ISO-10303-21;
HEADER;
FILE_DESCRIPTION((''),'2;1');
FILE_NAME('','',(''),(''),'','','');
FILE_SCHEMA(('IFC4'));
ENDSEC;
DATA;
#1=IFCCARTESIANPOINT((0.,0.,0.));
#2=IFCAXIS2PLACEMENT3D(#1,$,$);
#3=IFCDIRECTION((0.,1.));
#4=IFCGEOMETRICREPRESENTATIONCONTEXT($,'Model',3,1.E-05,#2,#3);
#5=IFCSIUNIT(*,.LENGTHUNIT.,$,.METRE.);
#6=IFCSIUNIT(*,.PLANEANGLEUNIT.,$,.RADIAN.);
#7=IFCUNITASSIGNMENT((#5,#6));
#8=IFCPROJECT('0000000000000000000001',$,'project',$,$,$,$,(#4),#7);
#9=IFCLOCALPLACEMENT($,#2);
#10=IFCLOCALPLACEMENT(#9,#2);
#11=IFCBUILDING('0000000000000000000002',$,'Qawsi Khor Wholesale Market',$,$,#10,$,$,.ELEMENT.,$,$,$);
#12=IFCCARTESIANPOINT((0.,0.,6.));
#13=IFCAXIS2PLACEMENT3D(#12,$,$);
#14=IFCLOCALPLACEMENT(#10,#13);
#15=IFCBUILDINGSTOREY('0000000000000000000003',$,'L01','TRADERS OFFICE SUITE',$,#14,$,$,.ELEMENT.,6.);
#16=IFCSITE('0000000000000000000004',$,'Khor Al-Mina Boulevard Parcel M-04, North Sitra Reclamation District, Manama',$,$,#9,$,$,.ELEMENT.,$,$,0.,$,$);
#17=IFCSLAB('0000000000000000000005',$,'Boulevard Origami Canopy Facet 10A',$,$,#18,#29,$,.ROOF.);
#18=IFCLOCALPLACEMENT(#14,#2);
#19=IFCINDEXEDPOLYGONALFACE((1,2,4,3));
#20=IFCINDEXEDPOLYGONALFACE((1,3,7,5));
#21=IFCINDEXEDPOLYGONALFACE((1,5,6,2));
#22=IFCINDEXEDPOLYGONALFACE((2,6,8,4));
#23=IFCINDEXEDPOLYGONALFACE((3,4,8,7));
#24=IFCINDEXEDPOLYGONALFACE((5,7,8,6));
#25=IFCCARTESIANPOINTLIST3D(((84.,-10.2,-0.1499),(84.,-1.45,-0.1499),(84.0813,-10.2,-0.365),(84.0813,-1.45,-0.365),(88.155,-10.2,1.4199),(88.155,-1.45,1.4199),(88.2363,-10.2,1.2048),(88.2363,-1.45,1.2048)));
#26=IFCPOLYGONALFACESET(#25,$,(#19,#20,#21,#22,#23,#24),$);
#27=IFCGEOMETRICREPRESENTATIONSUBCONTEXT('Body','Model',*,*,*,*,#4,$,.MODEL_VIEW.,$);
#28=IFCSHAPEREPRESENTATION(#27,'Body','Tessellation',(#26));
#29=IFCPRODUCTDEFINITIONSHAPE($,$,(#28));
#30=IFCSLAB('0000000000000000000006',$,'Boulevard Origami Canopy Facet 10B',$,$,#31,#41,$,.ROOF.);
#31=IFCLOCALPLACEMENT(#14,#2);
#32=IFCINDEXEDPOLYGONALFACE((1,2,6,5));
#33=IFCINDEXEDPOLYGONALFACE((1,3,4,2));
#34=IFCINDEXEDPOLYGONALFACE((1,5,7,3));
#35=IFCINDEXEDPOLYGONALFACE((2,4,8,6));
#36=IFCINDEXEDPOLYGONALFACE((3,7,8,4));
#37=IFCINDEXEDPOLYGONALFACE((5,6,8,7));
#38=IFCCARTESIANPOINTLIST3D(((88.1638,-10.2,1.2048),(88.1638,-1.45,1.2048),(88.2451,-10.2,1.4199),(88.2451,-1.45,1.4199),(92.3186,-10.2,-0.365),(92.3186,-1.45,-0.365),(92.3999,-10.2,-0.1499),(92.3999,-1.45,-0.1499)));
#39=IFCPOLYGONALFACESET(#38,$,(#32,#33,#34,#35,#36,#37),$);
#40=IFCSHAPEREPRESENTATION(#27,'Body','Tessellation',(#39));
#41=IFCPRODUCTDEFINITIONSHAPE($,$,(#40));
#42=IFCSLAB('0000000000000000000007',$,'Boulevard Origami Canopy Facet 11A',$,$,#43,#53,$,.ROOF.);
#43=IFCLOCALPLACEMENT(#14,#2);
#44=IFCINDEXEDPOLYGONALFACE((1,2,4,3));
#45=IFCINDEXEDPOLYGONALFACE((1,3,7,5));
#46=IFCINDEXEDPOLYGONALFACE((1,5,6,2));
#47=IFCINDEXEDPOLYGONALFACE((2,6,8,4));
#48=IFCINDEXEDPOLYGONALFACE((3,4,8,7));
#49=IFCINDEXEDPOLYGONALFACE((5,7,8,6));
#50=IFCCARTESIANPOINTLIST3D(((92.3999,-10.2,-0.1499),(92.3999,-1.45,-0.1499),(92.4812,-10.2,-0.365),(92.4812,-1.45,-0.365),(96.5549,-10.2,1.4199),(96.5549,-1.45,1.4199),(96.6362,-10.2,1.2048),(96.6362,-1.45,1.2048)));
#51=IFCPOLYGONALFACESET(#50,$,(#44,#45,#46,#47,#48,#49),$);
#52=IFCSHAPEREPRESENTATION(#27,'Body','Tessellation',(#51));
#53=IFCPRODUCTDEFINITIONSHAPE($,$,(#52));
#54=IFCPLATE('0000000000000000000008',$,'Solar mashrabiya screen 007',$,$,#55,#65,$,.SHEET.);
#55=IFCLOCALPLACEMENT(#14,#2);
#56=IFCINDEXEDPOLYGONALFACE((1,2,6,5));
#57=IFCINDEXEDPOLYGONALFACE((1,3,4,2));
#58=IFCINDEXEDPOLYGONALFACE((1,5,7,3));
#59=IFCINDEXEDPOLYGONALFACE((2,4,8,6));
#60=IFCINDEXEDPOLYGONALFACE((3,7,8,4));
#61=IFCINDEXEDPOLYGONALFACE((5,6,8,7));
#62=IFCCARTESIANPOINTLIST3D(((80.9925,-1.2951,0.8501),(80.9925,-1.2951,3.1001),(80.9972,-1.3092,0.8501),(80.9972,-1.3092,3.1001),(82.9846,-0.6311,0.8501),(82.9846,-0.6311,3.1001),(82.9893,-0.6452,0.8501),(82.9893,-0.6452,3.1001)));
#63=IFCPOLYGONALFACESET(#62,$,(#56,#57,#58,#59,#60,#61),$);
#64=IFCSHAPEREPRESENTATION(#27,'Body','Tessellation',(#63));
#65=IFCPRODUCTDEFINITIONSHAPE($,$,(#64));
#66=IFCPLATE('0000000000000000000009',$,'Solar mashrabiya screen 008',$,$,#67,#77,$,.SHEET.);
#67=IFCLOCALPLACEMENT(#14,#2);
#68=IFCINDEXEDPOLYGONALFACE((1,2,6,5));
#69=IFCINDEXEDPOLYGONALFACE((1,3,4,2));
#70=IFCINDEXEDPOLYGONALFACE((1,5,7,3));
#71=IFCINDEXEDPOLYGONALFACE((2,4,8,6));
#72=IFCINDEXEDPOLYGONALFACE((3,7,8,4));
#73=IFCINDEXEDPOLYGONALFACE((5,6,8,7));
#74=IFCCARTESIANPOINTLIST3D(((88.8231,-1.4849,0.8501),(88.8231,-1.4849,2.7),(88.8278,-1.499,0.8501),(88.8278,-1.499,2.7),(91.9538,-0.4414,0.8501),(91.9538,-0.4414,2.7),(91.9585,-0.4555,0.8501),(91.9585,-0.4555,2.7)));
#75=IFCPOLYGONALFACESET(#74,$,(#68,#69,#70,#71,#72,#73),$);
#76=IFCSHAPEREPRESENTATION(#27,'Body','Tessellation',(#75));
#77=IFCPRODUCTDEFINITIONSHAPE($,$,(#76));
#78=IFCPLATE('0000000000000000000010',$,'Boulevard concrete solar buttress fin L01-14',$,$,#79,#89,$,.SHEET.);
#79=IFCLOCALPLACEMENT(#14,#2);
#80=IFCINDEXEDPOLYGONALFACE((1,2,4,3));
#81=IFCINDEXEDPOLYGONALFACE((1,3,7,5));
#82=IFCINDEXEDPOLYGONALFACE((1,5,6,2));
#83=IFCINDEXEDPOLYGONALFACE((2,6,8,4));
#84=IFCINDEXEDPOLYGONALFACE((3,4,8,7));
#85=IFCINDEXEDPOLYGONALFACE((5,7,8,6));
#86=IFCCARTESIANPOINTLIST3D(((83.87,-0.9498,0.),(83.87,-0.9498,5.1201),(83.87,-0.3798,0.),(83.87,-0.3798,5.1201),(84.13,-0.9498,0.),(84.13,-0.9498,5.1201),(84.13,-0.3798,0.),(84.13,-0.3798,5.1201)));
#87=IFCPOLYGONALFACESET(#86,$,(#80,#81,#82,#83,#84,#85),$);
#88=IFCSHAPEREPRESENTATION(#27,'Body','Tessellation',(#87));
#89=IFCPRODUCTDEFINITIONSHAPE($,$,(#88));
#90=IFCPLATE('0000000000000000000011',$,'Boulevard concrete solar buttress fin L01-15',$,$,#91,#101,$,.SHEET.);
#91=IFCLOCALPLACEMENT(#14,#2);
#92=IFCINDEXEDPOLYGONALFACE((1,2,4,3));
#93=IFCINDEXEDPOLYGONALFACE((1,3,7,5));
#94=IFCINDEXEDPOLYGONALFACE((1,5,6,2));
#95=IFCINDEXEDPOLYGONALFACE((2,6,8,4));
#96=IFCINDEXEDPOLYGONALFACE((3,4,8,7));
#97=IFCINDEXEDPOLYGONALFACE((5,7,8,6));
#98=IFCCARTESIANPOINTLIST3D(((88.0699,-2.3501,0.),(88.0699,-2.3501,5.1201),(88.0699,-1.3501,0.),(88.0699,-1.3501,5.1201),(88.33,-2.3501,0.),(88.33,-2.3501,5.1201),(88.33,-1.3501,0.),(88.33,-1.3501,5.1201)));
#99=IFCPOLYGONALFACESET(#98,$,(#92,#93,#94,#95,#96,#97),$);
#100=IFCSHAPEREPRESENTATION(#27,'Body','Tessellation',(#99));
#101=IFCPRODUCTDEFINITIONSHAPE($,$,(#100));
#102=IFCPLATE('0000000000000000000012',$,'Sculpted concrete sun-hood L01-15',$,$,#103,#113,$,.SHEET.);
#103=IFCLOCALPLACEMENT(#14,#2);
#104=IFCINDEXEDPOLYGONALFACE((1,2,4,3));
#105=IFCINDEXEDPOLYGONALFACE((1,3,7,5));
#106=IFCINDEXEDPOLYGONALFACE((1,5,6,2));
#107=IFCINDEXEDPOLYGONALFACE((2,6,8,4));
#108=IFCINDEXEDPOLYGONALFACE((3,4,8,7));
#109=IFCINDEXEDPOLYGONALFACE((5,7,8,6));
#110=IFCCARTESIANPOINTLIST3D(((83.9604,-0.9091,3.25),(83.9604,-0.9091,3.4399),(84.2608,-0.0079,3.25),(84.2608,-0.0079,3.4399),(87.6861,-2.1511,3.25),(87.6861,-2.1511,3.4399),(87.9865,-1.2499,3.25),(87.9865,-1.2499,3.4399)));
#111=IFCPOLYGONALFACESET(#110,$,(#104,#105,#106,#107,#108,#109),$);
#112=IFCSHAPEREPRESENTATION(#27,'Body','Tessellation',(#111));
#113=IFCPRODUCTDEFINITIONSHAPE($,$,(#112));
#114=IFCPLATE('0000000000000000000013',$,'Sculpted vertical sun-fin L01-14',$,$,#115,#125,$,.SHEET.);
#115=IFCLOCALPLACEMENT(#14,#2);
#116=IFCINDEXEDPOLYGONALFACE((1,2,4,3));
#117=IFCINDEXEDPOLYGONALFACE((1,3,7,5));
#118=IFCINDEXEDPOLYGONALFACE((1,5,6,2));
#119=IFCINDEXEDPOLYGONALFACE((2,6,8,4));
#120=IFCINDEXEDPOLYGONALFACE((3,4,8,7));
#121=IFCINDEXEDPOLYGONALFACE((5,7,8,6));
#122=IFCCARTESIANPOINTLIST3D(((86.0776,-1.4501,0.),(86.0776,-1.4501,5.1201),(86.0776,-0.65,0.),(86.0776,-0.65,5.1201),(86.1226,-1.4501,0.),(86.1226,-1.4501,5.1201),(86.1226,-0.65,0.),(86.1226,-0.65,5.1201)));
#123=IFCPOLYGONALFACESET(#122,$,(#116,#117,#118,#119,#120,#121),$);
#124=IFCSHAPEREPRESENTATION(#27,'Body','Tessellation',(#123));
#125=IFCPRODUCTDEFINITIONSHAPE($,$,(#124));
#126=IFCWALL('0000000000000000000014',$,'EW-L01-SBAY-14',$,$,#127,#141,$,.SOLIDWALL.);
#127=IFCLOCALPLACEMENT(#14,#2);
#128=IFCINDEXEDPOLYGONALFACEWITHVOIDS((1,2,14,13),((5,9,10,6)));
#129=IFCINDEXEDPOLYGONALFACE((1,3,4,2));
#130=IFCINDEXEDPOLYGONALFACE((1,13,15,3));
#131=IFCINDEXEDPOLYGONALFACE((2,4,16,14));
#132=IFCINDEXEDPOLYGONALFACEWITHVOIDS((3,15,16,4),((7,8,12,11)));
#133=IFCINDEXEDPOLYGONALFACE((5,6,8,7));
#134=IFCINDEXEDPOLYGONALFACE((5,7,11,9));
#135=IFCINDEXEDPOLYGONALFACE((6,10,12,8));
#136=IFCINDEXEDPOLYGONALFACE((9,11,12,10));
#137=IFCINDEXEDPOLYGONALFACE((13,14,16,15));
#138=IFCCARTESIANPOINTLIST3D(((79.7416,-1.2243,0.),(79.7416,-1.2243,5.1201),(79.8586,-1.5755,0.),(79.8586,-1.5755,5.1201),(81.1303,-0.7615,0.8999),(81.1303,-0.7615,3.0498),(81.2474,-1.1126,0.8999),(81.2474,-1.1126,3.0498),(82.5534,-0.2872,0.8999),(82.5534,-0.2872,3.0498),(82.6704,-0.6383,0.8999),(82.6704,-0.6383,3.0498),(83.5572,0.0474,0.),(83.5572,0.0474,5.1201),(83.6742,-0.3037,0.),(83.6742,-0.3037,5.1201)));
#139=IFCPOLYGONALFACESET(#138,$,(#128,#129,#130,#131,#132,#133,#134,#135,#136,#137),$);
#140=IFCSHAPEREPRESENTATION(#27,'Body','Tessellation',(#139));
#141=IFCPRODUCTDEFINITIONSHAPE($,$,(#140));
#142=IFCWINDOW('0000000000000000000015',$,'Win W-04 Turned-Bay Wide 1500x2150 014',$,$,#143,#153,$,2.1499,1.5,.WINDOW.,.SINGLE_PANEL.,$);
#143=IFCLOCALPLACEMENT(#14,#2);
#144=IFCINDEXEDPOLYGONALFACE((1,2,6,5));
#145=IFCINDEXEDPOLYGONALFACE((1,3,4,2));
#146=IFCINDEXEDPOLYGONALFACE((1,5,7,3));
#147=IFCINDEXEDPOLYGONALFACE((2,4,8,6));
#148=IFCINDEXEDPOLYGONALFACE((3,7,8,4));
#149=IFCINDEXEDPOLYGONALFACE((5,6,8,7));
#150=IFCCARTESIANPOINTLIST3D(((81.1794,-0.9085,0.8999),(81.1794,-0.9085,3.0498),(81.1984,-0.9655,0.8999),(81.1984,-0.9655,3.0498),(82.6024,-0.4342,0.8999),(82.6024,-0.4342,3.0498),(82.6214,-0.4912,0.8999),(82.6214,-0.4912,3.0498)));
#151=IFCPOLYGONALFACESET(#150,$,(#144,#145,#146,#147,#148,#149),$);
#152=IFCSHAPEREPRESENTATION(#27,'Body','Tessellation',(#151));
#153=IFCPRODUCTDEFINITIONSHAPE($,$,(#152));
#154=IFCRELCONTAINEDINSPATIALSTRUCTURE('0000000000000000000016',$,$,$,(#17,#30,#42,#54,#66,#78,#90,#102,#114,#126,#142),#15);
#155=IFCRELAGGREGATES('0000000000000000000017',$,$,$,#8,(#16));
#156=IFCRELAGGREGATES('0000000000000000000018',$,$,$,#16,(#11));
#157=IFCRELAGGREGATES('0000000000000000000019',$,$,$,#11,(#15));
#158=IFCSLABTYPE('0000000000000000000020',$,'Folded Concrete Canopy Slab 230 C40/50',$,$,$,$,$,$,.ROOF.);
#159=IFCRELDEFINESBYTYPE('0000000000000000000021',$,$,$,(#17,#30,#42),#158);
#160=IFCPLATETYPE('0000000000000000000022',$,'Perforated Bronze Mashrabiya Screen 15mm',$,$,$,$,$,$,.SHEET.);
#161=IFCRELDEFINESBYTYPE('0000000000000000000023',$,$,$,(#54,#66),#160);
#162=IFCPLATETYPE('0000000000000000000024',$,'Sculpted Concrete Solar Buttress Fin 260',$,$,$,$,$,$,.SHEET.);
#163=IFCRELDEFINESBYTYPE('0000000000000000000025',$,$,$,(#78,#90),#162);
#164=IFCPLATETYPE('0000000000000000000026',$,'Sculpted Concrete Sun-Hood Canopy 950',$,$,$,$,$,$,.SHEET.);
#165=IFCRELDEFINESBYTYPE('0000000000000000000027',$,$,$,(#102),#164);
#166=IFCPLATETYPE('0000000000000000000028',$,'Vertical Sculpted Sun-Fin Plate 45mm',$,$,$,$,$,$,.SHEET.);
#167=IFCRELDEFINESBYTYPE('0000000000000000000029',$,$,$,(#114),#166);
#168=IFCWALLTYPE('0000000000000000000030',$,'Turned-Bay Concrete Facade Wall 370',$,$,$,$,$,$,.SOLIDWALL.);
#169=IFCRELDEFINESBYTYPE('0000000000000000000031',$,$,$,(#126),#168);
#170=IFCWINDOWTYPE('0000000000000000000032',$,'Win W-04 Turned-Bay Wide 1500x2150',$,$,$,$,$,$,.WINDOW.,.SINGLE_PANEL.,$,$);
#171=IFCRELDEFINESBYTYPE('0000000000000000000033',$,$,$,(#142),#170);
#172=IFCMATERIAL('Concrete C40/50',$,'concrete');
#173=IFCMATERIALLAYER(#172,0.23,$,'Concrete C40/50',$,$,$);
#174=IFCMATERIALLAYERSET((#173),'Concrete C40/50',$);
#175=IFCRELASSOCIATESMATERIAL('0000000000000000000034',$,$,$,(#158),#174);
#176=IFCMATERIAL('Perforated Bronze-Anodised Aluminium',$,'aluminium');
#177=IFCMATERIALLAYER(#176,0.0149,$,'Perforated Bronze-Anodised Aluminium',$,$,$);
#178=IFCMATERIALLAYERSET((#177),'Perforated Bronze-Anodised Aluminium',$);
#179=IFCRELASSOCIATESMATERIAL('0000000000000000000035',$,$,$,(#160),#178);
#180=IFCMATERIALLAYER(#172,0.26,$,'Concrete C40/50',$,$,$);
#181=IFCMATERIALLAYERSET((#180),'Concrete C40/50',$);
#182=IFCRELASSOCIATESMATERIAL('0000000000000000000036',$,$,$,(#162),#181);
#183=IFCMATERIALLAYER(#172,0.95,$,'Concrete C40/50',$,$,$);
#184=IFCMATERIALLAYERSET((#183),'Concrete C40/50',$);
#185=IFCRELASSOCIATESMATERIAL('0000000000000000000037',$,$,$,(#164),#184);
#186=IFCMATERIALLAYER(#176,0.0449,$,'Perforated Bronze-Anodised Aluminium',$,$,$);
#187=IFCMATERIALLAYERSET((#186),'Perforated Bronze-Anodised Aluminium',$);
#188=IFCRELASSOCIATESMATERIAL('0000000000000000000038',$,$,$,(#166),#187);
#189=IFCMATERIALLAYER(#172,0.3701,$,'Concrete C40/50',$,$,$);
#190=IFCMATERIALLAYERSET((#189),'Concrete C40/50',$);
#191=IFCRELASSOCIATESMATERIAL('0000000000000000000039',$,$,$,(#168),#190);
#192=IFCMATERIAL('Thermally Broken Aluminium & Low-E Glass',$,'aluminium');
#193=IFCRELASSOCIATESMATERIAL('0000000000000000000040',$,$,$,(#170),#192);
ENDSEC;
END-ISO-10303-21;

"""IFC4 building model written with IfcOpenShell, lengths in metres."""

from ifc_helpers import new_model, si_unit, direction, frame, frame_2d, origin, place, context, subcontext, project, spatial, polyline, rectangle, outline, extrude, material, layer, layer_set, type_object, element, fill, save


model = new_model("IFC4")

# Units and contexts
model_context = context("Model", 3, precision=1e-05, world=origin(), true_north=direction((0.0, 1.0)))
body_context = subcontext(model_context, "Body", "Model", "MODEL_VIEW")
ifc_project = project(units=[si_unit("LENGTHUNIT", "METRE"), si_unit("PLANEANGLEUNIT", "RADIAN")], contexts=[model_context])

# Site, building, storey
site_placement = place(None, origin())
site = spatial("IfcSite", under=ifc_project, at=site_placement, Name="Khor Al-Mina Boulevard Parcel M-04, North Sitra Reclamation District, Manama", CompositionType="ELEMENT", RefElevation=0.0)
building_placement = place(site_placement, origin())
building = spatial("IfcBuilding", under=site, at=building_placement, Name="Qawsi Khor Wholesale Market", CompositionType="ELEMENT")
storey_placement = place(building_placement, frame((0.0, 0.0, 6.0)))
storey = spatial("IfcBuildingStorey", under=building, at=storey_placement, Name="L01", Description="TRADERS OFFICE SUITE", CompositionType="ELEMENT", Elevation=6.0)

# Shared definitions
ifc_material_1 = material(Name="Concrete C40/50", Category="concrete")

# Slabs
ifc_layer_1 = layer(ifc_material_1, 0.23, Name="Concrete C40/50")
ifc_layer_set_1 = layer_set([ifc_layer_1], Name="Concrete C40/50")
slab_type = type_object("IfcSlabType", Name="Folded Concrete Canopy Slab 230 C40/50", PredefinedType="ROOF", material=ifc_layer_set_1)
slab_1_placement = place(storey_placement, frame((84.0, -10.2, -0.1499), z_axis=(-0.353429, 0.0, 0.935461), x_axis=(0.935461, 0.0, 0.353429)))
element("IfcSlab", 1, at=slab_1_placement, inside=storey, type_object=slab_type, Name="Boulevard Origami Canopy Facet 10A", PredefinedType="ROOF", context=body_context, shape_type="SweptSolid", body=[
    extrude(outline(polyline([(0.0, 0.0), (4.4417, 0.0), (4.4417, 8.75), (0.0, 8.75), (0.0, 0.0)])), origin(), (0.0, 0.0, -1.0), 0.23),
])
slab_2_placement = place(storey_placement, frame((88.2451, -10.2, 1.4199), z_axis=(0.353448, 0.0, 0.935454), x_axis=(0.935454, 0.0, -0.353448)))
element("IfcSlab", 2, at=slab_2_placement, inside=storey, type_object=slab_type, Name="Boulevard Origami Canopy Facet 10B", PredefinedType="ROOF", context=body_context, shape_type="SweptSolid", body=[
    extrude(outline(polyline([(0.0, 0.0), (4.4415, 0.0), (4.4415, 8.75), (0.0, 8.75), (0.0, 0.0)])), origin(), (0.0, 0.0, -1.0), 0.23),
])
slab_3_placement = place(storey_placement, frame((92.3999, -10.2, -0.1499), z_axis=(-0.353429, 0.0, 0.935461), x_axis=(0.935461, 0.0, 0.353429)))
element("IfcSlab", 3, at=slab_3_placement, inside=storey, type_object=slab_type, Name="Boulevard Origami Canopy Facet 11A", PredefinedType="ROOF", context=body_context, shape_type="SweptSolid", body=[
    extrude(outline(polyline([(0.0, 0.0), (4.4417, 0.0), (4.4417, 8.75), (0.0, 8.75), (0.0, 0.0)])), origin(), (0.0, 0.0, -1.0), 0.23),
])

# Plates
ifc_material_2 = material(Name="Perforated Bronze-Anodised Aluminium", Category="aluminium")
ifc_layer_2 = layer(ifc_material_2, 0.0149, Name="Perforated Bronze-Anodised Aluminium")
ifc_layer_set_2 = layer_set([ifc_layer_2], Name="Perforated Bronze-Anodised Aluminium")
plate_type_1 = type_object("IfcPlateType", Name="Perforated Bronze Mashrabiya Screen 15mm", PredefinedType="SHEET", material=ifc_layer_set_2)
plate_1_placement = place(storey_placement, frame((82.9868, -0.6382, 0.8501), z_axis=(0.0, 0.0, 1.0), x_axis=(-0.948683, -0.316228, 0.0)))
element("IfcPlate", 4, at=plate_1_placement, inside=storey, type_object=plate_type_1, Name="Solar mashrabiya screen 007", PredefinedType="SHEET", context=body_context, shape_type="SweptSolid", body=[
    extrude(rectangle(XDim=2.0999, YDim=0.0149, at=frame_2d((1.0498, 0.0))), origin(), (0.0, 0.0, 1.0), 2.25),
])
plate_2_placement = place(storey_placement, frame((91.9561, -0.4485, 0.8501), z_axis=(0.0, 0.0, 1.0), x_axis=(-0.948691, -0.316206, 0.0)))
element("IfcPlate", 5, at=plate_2_placement, inside=storey, type_object=plate_type_1, Name="Solar mashrabiya screen 008", PredefinedType="SHEET", context=body_context, shape_type="SweptSolid", body=[
    extrude(rectangle(XDim=3.3, YDim=0.0149, at=frame_2d((1.6499, 0.0))), origin(), (0.0, 0.0, 1.0), 1.8499),
])
ifc_layer_3 = layer(ifc_material_1, 0.26, Name="Concrete C40/50")
ifc_layer_set_3 = layer_set([ifc_layer_3], Name="Concrete C40/50")
plate_type_2 = type_object("IfcPlateType", Name="Sculpted Concrete Solar Buttress Fin 260", PredefinedType="SHEET", material=ifc_layer_set_3)
plate_3_placement = place(storey_placement, frame((84.0, -0.95, 0.0), z_axis=(0.0, 0.0, 1.0), x_axis=(0.0, 1.0, 0.0)))
element("IfcPlate", 6, at=plate_3_placement, inside=storey, type_object=plate_type_2, Name="Boulevard concrete solar buttress fin L01-14", PredefinedType="SHEET", context=body_context, shape_type="SweptSolid", body=[
    extrude(rectangle(XDim=0.5701, YDim=0.26, at=frame_2d((0.2852, 0.0))), origin(), (0.0, 0.0, 1.0), 5.1201),
])
plate_4_placement = place(storey_placement, frame((88.2, -2.3501, 0.0), z_axis=(0.0, 0.0, 1.0), x_axis=(0.0, 1.0, 0.0)))
element("IfcPlate", 7, at=plate_4_placement, inside=storey, type_object=plate_type_2, Name="Boulevard concrete solar buttress fin L01-15", PredefinedType="SHEET", context=body_context, shape_type="SweptSolid", body=[
    extrude(rectangle(XDim=1.0, YDim=0.26, at=frame_2d((0.5, 0.0))), origin(), (0.0, 0.0, 1.0), 5.1201),
])
ifc_layer_4 = layer(ifc_material_1, 0.95, Name="Concrete C40/50")
ifc_layer_set_4 = layer_set([ifc_layer_4], Name="Concrete C40/50")
plate_type_3 = type_object("IfcPlateType", Name="Sculpted Concrete Sun-Hood Canopy 950", PredefinedType="SHEET", material=ifc_layer_set_4)
plate_5_placement = place(storey_placement, frame((84.1106, -0.4585, 3.25), z_axis=(0.0, 0.0, 1.0), x_axis=(0.948677, -0.316246, 0.0)))
element("IfcPlate", 8, at=plate_5_placement, inside=storey, type_object=plate_type_3, Name="Sculpted concrete sun-hood L01-15", PredefinedType="SHEET", context=body_context, shape_type="SweptSolid", body=[
    extrude(rectangle(XDim=3.9272, YDim=0.95, at=frame_2d((1.9636, 0.0))), origin(), (0.0, 0.0, 1.0), 0.1899),
])
ifc_layer_5 = layer(ifc_material_2, 0.0449, Name="Perforated Bronze-Anodised Aluminium")
ifc_layer_set_5 = layer_set([ifc_layer_5], Name="Perforated Bronze-Anodised Aluminium")
plate_type_4 = type_object("IfcPlateType", Name="Vertical Sculpted Sun-Fin Plate 45mm", PredefinedType="SHEET", material=ifc_layer_set_5)
plate_6_placement = place(storey_placement, frame((86.1001, -1.45, 0.0), z_axis=(0.0, 0.0, 1.0), x_axis=(0.0, 1.0, 0.0)))
element("IfcPlate", 9, at=plate_6_placement, inside=storey, type_object=plate_type_4, Name="Sculpted vertical sun-fin L01-14", PredefinedType="SHEET", context=body_context, shape_type="SweptSolid", body=[
    extrude(rectangle(XDim=0.8, YDim=0.0449, at=frame_2d((0.3999, 0.0))), origin(), (0.0, 0.0, 1.0), 5.1201),
])

# Wall, opening, window
ifc_layer_6 = layer(ifc_material_1, 0.3701, Name="Concrete C40/50")
ifc_layer_set_6 = layer_set([ifc_layer_6], Name="Concrete C40/50")
wall_type_1 = type_object("IfcWallType", Name="Turned-Bay Concrete Facade Wall 370", PredefinedType="SOLIDWALL", material=ifc_layer_set_6)
wall_1_placement = place(storey_placement, frame((83.6157, -0.1282, 0.0), z_axis=(0.0, 0.0, 1.0), x_axis=(-0.948695, -0.316191, 0.0)))
wall_1 = element("IfcWall", 10, at=wall_1_placement, inside=storey, type_object=wall_type_1, Name="EW-L01-SBAY-14", PredefinedType="SOLIDWALL", context=body_context, shape_type="SweptSolid", body=[
    extrude(rectangle(XDim=4.022, YDim=0.3701, at=frame_2d((2.011, 0.0))), origin(), (0.0, 0.0, 1.0), 5.1201),
])
opening_1_placement = place(wall_1_placement, frame((1.0581, 0.0, 0.8999)))
opening_1 = element("IfcOpeningElement", 11, at=opening_1_placement, cuts=wall_1, PredefinedType="OPENING", context=body_context, shape_type="SweptSolid", body=[
    extrude(rectangle(XDim=1.5, YDim=2.1499, at=frame_2d((0.75, 1.075))), frame((0.0, 0.1951, 0.0), z_axis=(0.0, -1.0, 0.0), x_axis=(1.0, 0.0, 0.0)), (0.0, 0.0, 1.0), 0.3901),
])
ifc_material_3 = material(Name="Thermally Broken Aluminium & Low-E Glass", Category="aluminium")
window_type_1 = type_object("IfcWindowType", Name="Win W-04 Turned-Bay Wide 1500x2150", PartitioningType="SINGLE_PANEL", PredefinedType="WINDOW", material=ifc_material_3)
window_1_placement = place(opening_1_placement, origin())
window_1 = element("IfcWindow", 12, at=window_1_placement, inside=storey, type_object=window_type_1, Name="Win W-04 Turned-Bay Wide 1500x2150 014", OverallHeight=2.1499, OverallWidth=1.5, PartitioningType="SINGLE_PANEL", PredefinedType="WINDOW", context=body_context, shape_type="SweptSolid", body=[
    extrude(rectangle(XDim=1.5, YDim=2.1499, at=frame_2d((0.75, 1.075))), frame((0.0, 0.03, 0.0), z_axis=(0.0, -1.0, 0.0), x_axis=(1.0, 0.0, 0.0)), (0.0, 0.0, 1.0), 0.0601),
])
fill(opening_1, window_1)

save(model, "model.ifc")
